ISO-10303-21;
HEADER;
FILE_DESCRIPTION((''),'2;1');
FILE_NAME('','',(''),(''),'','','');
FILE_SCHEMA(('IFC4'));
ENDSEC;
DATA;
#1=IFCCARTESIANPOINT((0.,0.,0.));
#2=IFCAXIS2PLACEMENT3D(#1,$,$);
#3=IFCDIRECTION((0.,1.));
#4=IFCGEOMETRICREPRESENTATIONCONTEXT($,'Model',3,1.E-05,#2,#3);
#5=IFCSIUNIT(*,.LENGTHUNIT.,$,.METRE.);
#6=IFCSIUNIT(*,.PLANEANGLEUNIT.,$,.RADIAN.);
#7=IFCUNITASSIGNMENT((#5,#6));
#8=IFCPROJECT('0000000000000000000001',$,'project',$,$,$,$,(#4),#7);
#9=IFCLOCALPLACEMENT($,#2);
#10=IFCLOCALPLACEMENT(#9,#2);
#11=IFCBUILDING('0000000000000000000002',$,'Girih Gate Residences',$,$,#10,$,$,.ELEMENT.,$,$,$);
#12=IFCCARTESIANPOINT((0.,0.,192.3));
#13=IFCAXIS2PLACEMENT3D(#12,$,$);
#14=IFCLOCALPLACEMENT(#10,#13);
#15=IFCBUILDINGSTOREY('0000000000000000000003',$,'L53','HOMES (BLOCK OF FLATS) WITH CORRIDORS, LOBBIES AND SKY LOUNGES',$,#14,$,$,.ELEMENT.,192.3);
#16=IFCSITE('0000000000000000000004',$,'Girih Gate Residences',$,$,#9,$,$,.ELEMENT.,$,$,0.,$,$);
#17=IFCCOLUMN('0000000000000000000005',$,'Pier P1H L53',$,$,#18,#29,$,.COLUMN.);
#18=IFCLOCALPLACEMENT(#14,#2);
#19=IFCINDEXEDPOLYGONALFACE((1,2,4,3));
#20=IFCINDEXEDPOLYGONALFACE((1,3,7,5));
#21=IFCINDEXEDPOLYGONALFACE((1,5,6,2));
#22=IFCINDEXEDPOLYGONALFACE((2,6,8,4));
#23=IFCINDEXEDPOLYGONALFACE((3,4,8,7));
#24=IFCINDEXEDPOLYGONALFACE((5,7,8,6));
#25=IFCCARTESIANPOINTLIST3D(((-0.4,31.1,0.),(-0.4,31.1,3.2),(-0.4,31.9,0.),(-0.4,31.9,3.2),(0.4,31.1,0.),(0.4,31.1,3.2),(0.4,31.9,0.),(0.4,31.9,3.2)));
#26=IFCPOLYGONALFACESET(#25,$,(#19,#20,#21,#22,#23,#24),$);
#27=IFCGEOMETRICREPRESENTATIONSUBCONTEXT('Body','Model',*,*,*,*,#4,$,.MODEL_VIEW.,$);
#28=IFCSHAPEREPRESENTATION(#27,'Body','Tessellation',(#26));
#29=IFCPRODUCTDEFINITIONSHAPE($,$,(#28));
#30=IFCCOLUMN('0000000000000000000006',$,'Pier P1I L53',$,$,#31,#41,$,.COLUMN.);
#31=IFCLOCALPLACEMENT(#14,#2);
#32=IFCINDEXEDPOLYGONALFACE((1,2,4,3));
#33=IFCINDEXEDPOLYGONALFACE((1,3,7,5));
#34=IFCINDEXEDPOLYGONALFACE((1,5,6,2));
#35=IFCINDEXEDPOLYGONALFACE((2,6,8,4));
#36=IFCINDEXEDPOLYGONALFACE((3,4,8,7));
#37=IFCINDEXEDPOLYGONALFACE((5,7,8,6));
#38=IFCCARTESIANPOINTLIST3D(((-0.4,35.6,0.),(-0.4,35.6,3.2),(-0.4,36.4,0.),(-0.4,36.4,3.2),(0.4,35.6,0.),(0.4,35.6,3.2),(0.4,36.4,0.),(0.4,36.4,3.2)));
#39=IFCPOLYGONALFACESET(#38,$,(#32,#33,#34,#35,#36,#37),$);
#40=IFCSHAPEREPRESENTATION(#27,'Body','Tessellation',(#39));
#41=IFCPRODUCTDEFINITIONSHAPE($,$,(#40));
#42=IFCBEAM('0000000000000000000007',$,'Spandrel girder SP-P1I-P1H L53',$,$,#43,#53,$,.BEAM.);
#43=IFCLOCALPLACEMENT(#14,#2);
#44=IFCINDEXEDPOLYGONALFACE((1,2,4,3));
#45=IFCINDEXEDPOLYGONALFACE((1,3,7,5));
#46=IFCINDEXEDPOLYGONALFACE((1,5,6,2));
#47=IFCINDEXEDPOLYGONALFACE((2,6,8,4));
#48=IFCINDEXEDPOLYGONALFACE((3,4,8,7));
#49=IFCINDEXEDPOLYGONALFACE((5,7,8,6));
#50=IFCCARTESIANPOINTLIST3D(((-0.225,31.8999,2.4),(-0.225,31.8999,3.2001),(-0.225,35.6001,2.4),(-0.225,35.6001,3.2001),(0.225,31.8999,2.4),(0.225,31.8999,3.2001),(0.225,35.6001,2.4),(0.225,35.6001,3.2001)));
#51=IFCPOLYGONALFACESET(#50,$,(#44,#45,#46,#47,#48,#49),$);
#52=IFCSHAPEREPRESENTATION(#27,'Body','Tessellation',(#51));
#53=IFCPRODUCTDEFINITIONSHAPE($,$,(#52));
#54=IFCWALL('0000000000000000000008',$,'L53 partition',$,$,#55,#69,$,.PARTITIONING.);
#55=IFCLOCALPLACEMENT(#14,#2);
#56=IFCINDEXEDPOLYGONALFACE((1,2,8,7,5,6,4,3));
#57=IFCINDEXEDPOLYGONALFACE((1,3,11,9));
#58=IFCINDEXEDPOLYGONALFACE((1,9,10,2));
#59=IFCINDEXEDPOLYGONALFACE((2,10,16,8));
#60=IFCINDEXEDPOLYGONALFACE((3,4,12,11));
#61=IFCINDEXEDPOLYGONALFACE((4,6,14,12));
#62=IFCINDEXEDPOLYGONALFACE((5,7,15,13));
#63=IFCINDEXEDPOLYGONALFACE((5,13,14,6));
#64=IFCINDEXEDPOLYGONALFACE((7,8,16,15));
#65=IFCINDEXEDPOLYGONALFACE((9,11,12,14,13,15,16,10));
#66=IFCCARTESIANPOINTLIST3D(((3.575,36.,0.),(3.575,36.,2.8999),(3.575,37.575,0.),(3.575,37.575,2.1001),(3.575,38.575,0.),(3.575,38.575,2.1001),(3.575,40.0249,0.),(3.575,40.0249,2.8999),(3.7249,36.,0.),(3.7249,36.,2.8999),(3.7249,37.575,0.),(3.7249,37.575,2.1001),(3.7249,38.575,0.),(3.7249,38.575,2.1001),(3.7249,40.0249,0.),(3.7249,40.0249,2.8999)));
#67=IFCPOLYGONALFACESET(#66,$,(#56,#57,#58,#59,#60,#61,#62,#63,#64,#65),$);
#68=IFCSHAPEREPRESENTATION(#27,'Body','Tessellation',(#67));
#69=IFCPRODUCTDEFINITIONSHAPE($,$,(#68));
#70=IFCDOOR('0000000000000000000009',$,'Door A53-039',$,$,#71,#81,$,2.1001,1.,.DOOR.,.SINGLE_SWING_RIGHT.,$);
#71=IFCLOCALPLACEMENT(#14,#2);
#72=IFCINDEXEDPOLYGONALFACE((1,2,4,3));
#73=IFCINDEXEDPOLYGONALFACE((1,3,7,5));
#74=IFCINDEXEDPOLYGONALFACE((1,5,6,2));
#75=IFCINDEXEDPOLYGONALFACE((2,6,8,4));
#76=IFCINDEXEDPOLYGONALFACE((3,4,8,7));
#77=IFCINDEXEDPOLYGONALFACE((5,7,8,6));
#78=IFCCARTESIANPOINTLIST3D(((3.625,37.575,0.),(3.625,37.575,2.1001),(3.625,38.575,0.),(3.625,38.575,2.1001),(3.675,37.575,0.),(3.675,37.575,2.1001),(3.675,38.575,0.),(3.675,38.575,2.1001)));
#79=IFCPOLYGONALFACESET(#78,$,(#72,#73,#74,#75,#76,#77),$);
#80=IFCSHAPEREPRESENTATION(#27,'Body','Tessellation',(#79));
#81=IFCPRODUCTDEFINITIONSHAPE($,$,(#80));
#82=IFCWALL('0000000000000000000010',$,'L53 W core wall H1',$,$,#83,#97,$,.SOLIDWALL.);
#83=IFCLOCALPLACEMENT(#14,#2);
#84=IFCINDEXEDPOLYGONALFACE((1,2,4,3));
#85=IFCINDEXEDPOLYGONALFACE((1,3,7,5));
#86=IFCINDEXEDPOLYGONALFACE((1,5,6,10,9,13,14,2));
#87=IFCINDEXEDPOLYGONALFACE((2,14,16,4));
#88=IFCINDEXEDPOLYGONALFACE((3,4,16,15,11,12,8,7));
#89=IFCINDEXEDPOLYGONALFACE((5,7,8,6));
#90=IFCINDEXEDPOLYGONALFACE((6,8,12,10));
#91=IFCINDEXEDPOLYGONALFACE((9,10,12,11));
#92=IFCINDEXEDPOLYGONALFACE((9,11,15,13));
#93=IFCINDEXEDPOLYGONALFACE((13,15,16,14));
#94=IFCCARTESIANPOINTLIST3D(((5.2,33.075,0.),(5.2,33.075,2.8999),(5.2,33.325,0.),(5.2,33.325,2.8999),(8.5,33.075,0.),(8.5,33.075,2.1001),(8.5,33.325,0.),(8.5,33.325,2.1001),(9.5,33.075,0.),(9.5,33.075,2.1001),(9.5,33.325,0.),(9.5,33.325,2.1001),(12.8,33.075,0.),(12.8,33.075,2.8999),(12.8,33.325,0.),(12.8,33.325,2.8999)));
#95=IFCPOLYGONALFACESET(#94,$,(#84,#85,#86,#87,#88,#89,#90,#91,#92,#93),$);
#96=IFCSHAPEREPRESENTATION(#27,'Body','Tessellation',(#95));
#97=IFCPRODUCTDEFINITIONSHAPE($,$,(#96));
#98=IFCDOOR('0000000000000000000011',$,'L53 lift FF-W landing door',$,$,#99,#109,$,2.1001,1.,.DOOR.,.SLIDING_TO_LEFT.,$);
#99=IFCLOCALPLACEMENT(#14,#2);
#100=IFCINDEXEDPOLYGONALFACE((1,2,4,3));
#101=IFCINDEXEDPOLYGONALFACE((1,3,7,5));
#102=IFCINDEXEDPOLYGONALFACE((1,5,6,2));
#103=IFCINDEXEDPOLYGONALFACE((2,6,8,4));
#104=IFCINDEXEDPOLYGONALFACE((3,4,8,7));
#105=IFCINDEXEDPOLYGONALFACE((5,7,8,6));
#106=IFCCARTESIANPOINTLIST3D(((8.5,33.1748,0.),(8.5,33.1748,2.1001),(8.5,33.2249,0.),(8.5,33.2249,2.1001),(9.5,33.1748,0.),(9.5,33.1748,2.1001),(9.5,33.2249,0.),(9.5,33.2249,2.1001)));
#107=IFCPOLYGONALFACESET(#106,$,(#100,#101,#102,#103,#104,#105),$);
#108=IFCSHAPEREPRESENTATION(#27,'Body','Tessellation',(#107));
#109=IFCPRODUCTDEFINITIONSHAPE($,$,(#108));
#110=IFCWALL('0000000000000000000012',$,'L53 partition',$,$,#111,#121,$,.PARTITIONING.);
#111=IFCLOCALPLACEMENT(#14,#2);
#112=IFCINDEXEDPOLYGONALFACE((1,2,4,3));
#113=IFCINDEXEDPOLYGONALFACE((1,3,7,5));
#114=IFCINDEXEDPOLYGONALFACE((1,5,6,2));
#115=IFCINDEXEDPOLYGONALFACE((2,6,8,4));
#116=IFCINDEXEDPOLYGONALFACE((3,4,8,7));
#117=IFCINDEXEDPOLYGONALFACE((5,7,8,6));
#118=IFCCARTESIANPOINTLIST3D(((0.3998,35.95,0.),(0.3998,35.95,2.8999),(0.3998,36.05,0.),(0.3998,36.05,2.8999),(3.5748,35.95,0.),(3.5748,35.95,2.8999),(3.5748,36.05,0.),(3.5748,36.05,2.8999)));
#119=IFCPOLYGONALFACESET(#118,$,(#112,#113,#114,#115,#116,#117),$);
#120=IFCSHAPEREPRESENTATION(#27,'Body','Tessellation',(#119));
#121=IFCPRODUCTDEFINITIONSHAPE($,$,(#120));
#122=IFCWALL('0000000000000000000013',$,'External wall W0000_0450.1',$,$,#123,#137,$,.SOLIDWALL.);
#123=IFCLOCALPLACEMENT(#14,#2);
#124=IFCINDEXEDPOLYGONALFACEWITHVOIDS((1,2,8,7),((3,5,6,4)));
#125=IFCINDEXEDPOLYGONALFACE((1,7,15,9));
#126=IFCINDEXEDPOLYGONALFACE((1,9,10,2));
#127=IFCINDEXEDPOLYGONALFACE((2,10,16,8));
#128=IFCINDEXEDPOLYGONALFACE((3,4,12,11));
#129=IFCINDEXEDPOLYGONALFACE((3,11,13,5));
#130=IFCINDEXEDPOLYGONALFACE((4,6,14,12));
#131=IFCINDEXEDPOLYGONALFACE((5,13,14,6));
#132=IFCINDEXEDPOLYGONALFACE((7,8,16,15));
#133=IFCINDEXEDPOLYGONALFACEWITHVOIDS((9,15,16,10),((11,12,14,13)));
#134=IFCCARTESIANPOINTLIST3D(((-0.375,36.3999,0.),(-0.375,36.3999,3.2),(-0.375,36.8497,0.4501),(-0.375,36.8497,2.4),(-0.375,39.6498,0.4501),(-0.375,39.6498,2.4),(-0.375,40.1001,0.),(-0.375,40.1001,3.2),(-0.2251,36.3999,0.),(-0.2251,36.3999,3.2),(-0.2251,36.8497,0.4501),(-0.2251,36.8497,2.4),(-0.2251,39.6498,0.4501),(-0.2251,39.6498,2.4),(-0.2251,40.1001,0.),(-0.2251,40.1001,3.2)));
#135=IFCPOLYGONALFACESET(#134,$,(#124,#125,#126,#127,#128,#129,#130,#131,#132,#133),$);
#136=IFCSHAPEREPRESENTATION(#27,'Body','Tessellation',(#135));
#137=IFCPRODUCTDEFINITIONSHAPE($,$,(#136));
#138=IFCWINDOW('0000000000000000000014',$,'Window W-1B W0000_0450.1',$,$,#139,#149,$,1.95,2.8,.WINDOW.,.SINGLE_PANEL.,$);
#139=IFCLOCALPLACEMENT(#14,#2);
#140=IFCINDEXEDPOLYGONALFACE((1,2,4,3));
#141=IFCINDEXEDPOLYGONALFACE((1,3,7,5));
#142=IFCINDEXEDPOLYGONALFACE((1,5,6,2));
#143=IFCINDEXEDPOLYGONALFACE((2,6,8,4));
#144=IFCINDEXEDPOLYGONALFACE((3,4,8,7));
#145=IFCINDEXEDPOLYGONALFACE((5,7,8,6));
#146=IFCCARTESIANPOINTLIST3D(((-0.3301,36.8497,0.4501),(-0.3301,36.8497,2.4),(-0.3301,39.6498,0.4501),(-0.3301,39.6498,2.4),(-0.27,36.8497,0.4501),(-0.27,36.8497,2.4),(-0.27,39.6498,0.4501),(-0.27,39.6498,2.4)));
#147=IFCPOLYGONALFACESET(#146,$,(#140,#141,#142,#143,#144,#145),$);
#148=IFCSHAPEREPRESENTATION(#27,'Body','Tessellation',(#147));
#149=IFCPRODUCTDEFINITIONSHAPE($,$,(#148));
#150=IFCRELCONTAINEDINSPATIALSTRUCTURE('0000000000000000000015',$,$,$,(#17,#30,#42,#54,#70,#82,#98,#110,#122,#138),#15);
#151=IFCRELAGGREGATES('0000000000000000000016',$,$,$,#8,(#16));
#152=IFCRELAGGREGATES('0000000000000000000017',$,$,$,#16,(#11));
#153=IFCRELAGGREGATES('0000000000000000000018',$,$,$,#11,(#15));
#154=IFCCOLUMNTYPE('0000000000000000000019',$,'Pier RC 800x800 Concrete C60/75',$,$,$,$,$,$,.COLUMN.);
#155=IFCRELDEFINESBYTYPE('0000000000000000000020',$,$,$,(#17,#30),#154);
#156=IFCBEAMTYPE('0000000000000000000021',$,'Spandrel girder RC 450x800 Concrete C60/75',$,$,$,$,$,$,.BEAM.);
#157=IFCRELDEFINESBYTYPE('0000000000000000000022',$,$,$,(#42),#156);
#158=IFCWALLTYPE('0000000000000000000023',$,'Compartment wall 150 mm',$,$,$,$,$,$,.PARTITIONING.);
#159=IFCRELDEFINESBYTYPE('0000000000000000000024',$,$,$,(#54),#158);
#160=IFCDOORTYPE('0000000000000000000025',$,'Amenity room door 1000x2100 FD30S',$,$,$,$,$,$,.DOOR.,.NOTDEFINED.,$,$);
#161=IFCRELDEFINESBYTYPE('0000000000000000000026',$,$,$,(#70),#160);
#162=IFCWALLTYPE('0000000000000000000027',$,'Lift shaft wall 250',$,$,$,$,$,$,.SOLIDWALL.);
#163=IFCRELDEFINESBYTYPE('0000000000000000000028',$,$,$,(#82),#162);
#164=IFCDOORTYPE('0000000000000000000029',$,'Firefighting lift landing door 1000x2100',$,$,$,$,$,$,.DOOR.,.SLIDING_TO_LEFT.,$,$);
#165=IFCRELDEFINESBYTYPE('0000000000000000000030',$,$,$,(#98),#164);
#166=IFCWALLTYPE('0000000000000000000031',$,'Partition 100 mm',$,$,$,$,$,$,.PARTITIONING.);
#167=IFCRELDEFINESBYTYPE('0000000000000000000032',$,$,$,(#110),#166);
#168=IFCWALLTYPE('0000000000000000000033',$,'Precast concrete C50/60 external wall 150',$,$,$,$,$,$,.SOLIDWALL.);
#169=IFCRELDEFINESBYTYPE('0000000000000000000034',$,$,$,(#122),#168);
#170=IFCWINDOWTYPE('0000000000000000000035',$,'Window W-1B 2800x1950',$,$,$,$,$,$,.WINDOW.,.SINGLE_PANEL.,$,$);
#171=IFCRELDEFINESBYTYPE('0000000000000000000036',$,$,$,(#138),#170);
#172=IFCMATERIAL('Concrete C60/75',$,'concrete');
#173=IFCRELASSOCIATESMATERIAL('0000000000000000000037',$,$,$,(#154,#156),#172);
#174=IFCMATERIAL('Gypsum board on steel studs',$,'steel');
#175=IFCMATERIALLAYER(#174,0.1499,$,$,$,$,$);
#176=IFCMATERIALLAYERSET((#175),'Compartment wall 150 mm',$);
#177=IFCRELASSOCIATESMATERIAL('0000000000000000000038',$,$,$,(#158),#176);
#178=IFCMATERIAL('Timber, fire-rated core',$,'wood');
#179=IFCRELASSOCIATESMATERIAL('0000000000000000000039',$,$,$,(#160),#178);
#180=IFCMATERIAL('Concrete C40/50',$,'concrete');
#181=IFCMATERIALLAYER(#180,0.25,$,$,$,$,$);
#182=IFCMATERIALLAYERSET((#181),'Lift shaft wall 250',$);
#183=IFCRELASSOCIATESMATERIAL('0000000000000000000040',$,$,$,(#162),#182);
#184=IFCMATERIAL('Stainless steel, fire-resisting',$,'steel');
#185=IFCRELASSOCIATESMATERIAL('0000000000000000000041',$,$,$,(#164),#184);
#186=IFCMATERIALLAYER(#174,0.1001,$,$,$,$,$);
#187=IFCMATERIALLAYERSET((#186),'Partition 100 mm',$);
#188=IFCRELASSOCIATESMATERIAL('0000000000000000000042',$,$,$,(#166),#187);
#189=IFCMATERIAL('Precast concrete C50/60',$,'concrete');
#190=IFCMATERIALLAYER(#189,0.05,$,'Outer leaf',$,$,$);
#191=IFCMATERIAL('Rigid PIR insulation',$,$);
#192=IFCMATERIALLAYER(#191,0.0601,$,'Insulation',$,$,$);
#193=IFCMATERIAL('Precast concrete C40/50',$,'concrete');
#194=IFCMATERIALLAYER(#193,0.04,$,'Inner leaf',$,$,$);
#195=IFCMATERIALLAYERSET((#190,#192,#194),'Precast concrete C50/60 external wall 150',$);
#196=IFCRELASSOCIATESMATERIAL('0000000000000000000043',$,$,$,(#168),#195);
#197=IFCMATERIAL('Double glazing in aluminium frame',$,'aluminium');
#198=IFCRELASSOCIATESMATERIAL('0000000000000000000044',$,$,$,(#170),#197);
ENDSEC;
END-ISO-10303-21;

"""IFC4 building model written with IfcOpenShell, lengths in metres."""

from ifc_helpers import new_model, si_unit, direction, frame, frame_2d, origin, origin_2d, place, context, subcontext, project, spatial, rectangle, extrude, material, layer, layer_set, material_profile, profile_set, type_object, element, fill, save


model = new_model("IFC4")

# Units and contexts
model_context = context("Model", 3, precision=1e-05, world=origin(), true_north=direction((0.0, 1.0)))
body_context = subcontext(model_context, "Body", "Model", "MODEL_VIEW")
ifc_project = project(units=[si_unit("LENGTHUNIT", "METRE"), si_unit("PLANEANGLEUNIT", "RADIAN")], contexts=[model_context])

# Site, building, storey
site_placement = place(None, origin())
site = spatial("IfcSite", under=ifc_project, at=site_placement, Name="Girih Gate Residences", CompositionType="ELEMENT", RefElevation=0.0)
building_placement = place(site_placement, origin())
building = spatial("IfcBuilding", under=site, at=building_placement, Name="Girih Gate Residences", CompositionType="ELEMENT")
storey_placement = place(building_placement, frame((0.0, 0.0, 192.3)))
storey = spatial("IfcBuildingStorey", under=building, at=storey_placement, Name="L53", Description="HOMES (BLOCK OF FLATS) WITH CORRIDORS, LOBBIES AND SKY LOUNGES", CompositionType="ELEMENT", Elevation=192.3)

# Columns
ifc_material_1 = material(Name="Concrete C60/75", Category="concrete")
ifc_material_profile_1 = material_profile(ifc_material_1, rectangle(XDim=0.8, YDim=0.8, at=origin_2d()))
ifc_profile_set_1 = profile_set([ifc_material_profile_1], Name="Concrete C60/75")
column_type = type_object("IfcColumnType", Name="Pier RC 800x800 Concrete C60/75", PredefinedType="COLUMN", material=ifc_profile_set_1)
for number, where, z_axis, x_axis, name in (
    (1, (0.0, 31.5, 0.0), (0.0, 0.0, 1.0), (1.0, 0.0, 0.0), "Pier P1H L53"),
    (2, (0.0, 36.0, 0.0), (0.0, 0.0, 1.0), (1.0, 0.0, 0.0), "Pier P1I L53"),
):
    element("IfcColumn", number, at=place(storey_placement, frame(where, z_axis=z_axis, x_axis=x_axis)), inside=storey, type_object=column_type, Name=name, PredefinedType="COLUMN", context=body_context, shape_type="SweptSolid", body=[
        extrude(rectangle(XDim=0.8, YDim=0.8, at=origin_2d()), origin(), (0.0, 0.0, 1.0), 3.2),
    ])

# Beam
ifc_material_profile_2 = material_profile(ifc_material_1, rectangle(XDim=0.45, YDim=0.8, at=origin_2d()))
ifc_profile_set_2 = profile_set([ifc_material_profile_2], Name="Concrete C60/75")
beam_type = type_object("IfcBeamType", Name="Spandrel girder RC 450x800 Concrete C60/75", PredefinedType="BEAM", material=ifc_profile_set_2)
beam_placement = place(storey_placement, frame((0.0, 35.6001, 2.8), z_axis=(0.0, -1.0, 0.0), x_axis=(1.0, 0.0, 0.0)))
element("IfcBeam", 3, at=beam_placement, inside=storey, type_object=beam_type, Name="Spandrel girder SP-P1I-P1H L53", PredefinedType="BEAM", context=body_context, shape_type="SweptSolid", body=[
    extrude(rectangle(XDim=0.45, YDim=0.8, at=origin_2d()), origin(), (0.0, 0.0, 1.0), 3.7002),
])

# Walls, openings, doors
ifc_material_2 = material(Name="Gypsum board on steel studs", Category="steel")
ifc_layer_1 = layer(ifc_material_2, 0.1499)
ifc_layer_set_1 = layer_set([ifc_layer_1], Name="Compartment wall 150 mm")
wall_type_1 = type_object("IfcWallType", Name="Compartment wall 150 mm", PredefinedType="PARTITIONING", material=ifc_layer_set_1)
wall_1_placement = place(storey_placement, frame((3.6499, 36.0, 0.0), z_axis=(0.0, 0.0, 1.0), x_axis=(0.0, 1.0, 0.0)))
wall_1 = element("IfcWall", 4, at=wall_1_placement, inside=storey, type_object=wall_type_1, Name="L53 partition", PredefinedType="PARTITIONING", context=body_context, shape_type="SweptSolid", body=[
    extrude(rectangle(XDim=4.0249, YDim=0.1499, at=frame_2d((2.0125, 0.0))), origin(), (0.0, 0.0, 1.0), 2.8999),
])
opening_1_placement = place(wall_1_placement, frame((1.575, 0.0, 0.0)))
opening_1 = element("IfcOpeningElement", 5, at=opening_1_placement, cuts=wall_1, PredefinedType="OPENING", context=body_context, shape_type="SweptSolid", body=[
    extrude(rectangle(XDim=1.0, YDim=2.1001, at=frame_2d((0.5, 1.05))), frame((0.0, 0.085, 0.0), z_axis=(0.0, -1.0, 0.0), x_axis=(1.0, 0.0, 0.0)), (0.0, 0.0, 1.0), 0.1699),
])
ifc_material_3 = material(Name="Timber, fire-rated core", Category="wood")
door_type_1 = type_object("IfcDoorType", Name="Amenity room door 1000x2100 FD30S", OperationType="NOTDEFINED", PredefinedType="DOOR", material=ifc_material_3)
door_1_placement = place(opening_1_placement, origin())
door_1 = element("IfcDoor", 6, at=door_1_placement, inside=storey, type_object=door_type_1, Name="Door A53-039", OperationType="SINGLE_SWING_RIGHT", OverallHeight=2.1001, OverallWidth=1.0, PredefinedType="DOOR", context=body_context, shape_type="SweptSolid", body=[
    extrude(rectangle(XDim=1.0, YDim=2.1001, at=frame_2d((0.5, 1.05))), frame((0.0, 0.0249, 0.0), z_axis=(0.0, -1.0, 0.0), x_axis=(1.0, 0.0, 0.0)), (0.0, 0.0, 1.0), 0.05),
])
fill(opening_1, door_1)
ifc_material_4 = material(Name="Concrete C40/50", Category="concrete")
ifc_layer_2 = layer(ifc_material_4, 0.25)
ifc_layer_set_2 = layer_set([ifc_layer_2], Name="Lift shaft wall 250")
wall_type_2 = type_object("IfcWallType", Name="Lift shaft wall 250", PredefinedType="SOLIDWALL", material=ifc_layer_set_2)
wall_2_placement = place(storey_placement, frame((5.2, 33.2, 0.0), z_axis=(0.0, 0.0, 1.0), x_axis=(1.0, 0.0, 0.0)))
wall_2 = element("IfcWall", 7, at=wall_2_placement, inside=storey, type_object=wall_type_2, Name="L53 W core wall H1", PredefinedType="SOLIDWALL", context=body_context, shape_type="SweptSolid", body=[
    extrude(rectangle(XDim=7.6001, YDim=0.25, at=frame_2d((3.8, 0.0))), origin(), (0.0, 0.0, 1.0), 2.8999),
])
opening_2_placement = place(wall_2_placement, frame((3.3, 0.0, 0.0)))
opening_2 = element("IfcOpeningElement", 8, at=opening_2_placement, cuts=wall_2, PredefinedType="OPENING", context=body_context, shape_type="SweptSolid", body=[
    extrude(rectangle(XDim=1.0, YDim=2.1001, at=frame_2d((0.5, 1.05))), frame((0.0, 0.135, 0.0), z_axis=(0.0, -1.0, 0.0), x_axis=(1.0, 0.0, 0.0)), (0.0, 0.0, 1.0), 0.27),
])
ifc_material_5 = material(Name="Stainless steel, fire-resisting", Category="steel")
door_type_2 = type_object("IfcDoorType", Name="Firefighting lift landing door 1000x2100", OperationType="SLIDING_TO_LEFT", PredefinedType="DOOR", material=ifc_material_5)
door_2_placement = place(opening_2_placement, origin())
door_2 = element("IfcDoor", 9, at=door_2_placement, inside=storey, type_object=door_type_2, Name="L53 lift FF-W landing door", OperationType="SLIDING_TO_LEFT", OverallHeight=2.1001, OverallWidth=1.0, PredefinedType="DOOR", context=body_context, shape_type="SweptSolid", body=[
    extrude(rectangle(XDim=1.0, YDim=2.1001, at=frame_2d((0.5, 1.05))), frame((0.0, 0.0249, 0.0), z_axis=(0.0, -1.0, 0.0), x_axis=(1.0, 0.0, 0.0)), (0.0, 0.0, 1.0), 0.05),
])
fill(opening_2, door_2)

# Wall
ifc_layer_3 = layer(ifc_material_2, 0.1001)
ifc_layer_set_3 = layer_set([ifc_layer_3], Name="Partition 100 mm")
wall_type_3 = type_object("IfcWallType", Name="Partition 100 mm", PredefinedType="PARTITIONING", material=ifc_layer_set_3)
wall_3_placement = place(storey_placement, frame((0.3999, 36.0, 0.0), z_axis=(0.0, 0.0, 1.0), x_axis=(1.0, 0.0, 0.0)))
element("IfcWall", 10, at=wall_3_placement, inside=storey, type_object=wall_type_3, Name="L53 partition", PredefinedType="PARTITIONING", context=body_context, shape_type="SweptSolid", body=[
    extrude(rectangle(XDim=3.175, YDim=0.1001, at=frame_2d((1.5874, 0.0))), origin(), (0.0, 0.0, 1.0), 2.8999),
])

# Wall, opening, window
ifc_material_6 = material(Name="Precast concrete C50/60", Category="concrete")
ifc_layer_4 = layer(ifc_material_6, 0.05, Name="Outer leaf")
ifc_material_7 = material(Name="Rigid PIR insulation")
ifc_layer_5 = layer(ifc_material_7, 0.0601, Name="Insulation")
ifc_material_8 = material(Name="Precast concrete C40/50", Category="concrete")
ifc_layer_6 = layer(ifc_material_8, 0.04, Name="Inner leaf")
ifc_layer_set_4 = layer_set([ifc_layer_4, ifc_layer_5, ifc_layer_6], Name="Precast concrete C50/60 external wall 150")
wall_type_4 = type_object("IfcWallType", Name="Precast concrete C50/60 external wall 150", PredefinedType="SOLIDWALL", material=ifc_layer_set_4)
wall_4_placement = place(storey_placement, frame((-0.3, 36.3999, 0.0), z_axis=(0.0, 0.0, 1.0), x_axis=(0.0, 1.0, 0.0)))
wall_4 = element("IfcWall", 11, at=wall_4_placement, inside=storey, type_object=wall_type_4, Name="External wall W0000_0450.1", PredefinedType="SOLIDWALL", context=body_context, shape_type="SweptSolid", body=[
    extrude(rectangle(XDim=3.7002, YDim=0.1499, at=frame_2d((1.8501, 0.0))), origin(), (0.0, 0.0, 1.0), 3.2),
])
opening_3_placement = place(wall_4_placement, frame((0.45, 0.0, 0.45)))
opening_3 = element("IfcOpeningElement", 12, at=opening_3_placement, cuts=wall_4, PredefinedType="OPENING", context=body_context, shape_type="SweptSolid", body=[
    extrude(rectangle(XDim=2.8, YDim=1.95, at=frame_2d((1.3999, 0.9751))), frame((0.0, 0.085, 0.0), z_axis=(0.0, -1.0, 0.0), x_axis=(1.0, 0.0, 0.0)), (0.0, 0.0, 1.0), 0.1699),
])
ifc_material_9 = material(Name="Double glazing in aluminium frame", Category="aluminium")
window_type = type_object("IfcWindowType", Name="Window W-1B 2800x1950", PartitioningType="SINGLE_PANEL", PredefinedType="WINDOW", material=ifc_material_9)
window_1_placement = place(opening_3_placement, origin())
window_1 = element("IfcWindow", 13, at=window_1_placement, inside=storey, type_object=window_type, Name="Window W-1B W0000_0450.1", OverallHeight=1.95, OverallWidth=2.8, PartitioningType="SINGLE_PANEL", PredefinedType="WINDOW", context=body_context, shape_type="SweptSolid", body=[
    extrude(rectangle(XDim=2.8, YDim=1.95, at=frame_2d((1.3999, 0.9751))), frame((0.0, 0.03, 0.0), z_axis=(0.0, -1.0, 0.0), x_axis=(1.0, 0.0, 0.0)), (0.0, 0.0, 1.0), 0.0601),
])
fill(opening_3, window_1)

save(model, "model.ifc")
